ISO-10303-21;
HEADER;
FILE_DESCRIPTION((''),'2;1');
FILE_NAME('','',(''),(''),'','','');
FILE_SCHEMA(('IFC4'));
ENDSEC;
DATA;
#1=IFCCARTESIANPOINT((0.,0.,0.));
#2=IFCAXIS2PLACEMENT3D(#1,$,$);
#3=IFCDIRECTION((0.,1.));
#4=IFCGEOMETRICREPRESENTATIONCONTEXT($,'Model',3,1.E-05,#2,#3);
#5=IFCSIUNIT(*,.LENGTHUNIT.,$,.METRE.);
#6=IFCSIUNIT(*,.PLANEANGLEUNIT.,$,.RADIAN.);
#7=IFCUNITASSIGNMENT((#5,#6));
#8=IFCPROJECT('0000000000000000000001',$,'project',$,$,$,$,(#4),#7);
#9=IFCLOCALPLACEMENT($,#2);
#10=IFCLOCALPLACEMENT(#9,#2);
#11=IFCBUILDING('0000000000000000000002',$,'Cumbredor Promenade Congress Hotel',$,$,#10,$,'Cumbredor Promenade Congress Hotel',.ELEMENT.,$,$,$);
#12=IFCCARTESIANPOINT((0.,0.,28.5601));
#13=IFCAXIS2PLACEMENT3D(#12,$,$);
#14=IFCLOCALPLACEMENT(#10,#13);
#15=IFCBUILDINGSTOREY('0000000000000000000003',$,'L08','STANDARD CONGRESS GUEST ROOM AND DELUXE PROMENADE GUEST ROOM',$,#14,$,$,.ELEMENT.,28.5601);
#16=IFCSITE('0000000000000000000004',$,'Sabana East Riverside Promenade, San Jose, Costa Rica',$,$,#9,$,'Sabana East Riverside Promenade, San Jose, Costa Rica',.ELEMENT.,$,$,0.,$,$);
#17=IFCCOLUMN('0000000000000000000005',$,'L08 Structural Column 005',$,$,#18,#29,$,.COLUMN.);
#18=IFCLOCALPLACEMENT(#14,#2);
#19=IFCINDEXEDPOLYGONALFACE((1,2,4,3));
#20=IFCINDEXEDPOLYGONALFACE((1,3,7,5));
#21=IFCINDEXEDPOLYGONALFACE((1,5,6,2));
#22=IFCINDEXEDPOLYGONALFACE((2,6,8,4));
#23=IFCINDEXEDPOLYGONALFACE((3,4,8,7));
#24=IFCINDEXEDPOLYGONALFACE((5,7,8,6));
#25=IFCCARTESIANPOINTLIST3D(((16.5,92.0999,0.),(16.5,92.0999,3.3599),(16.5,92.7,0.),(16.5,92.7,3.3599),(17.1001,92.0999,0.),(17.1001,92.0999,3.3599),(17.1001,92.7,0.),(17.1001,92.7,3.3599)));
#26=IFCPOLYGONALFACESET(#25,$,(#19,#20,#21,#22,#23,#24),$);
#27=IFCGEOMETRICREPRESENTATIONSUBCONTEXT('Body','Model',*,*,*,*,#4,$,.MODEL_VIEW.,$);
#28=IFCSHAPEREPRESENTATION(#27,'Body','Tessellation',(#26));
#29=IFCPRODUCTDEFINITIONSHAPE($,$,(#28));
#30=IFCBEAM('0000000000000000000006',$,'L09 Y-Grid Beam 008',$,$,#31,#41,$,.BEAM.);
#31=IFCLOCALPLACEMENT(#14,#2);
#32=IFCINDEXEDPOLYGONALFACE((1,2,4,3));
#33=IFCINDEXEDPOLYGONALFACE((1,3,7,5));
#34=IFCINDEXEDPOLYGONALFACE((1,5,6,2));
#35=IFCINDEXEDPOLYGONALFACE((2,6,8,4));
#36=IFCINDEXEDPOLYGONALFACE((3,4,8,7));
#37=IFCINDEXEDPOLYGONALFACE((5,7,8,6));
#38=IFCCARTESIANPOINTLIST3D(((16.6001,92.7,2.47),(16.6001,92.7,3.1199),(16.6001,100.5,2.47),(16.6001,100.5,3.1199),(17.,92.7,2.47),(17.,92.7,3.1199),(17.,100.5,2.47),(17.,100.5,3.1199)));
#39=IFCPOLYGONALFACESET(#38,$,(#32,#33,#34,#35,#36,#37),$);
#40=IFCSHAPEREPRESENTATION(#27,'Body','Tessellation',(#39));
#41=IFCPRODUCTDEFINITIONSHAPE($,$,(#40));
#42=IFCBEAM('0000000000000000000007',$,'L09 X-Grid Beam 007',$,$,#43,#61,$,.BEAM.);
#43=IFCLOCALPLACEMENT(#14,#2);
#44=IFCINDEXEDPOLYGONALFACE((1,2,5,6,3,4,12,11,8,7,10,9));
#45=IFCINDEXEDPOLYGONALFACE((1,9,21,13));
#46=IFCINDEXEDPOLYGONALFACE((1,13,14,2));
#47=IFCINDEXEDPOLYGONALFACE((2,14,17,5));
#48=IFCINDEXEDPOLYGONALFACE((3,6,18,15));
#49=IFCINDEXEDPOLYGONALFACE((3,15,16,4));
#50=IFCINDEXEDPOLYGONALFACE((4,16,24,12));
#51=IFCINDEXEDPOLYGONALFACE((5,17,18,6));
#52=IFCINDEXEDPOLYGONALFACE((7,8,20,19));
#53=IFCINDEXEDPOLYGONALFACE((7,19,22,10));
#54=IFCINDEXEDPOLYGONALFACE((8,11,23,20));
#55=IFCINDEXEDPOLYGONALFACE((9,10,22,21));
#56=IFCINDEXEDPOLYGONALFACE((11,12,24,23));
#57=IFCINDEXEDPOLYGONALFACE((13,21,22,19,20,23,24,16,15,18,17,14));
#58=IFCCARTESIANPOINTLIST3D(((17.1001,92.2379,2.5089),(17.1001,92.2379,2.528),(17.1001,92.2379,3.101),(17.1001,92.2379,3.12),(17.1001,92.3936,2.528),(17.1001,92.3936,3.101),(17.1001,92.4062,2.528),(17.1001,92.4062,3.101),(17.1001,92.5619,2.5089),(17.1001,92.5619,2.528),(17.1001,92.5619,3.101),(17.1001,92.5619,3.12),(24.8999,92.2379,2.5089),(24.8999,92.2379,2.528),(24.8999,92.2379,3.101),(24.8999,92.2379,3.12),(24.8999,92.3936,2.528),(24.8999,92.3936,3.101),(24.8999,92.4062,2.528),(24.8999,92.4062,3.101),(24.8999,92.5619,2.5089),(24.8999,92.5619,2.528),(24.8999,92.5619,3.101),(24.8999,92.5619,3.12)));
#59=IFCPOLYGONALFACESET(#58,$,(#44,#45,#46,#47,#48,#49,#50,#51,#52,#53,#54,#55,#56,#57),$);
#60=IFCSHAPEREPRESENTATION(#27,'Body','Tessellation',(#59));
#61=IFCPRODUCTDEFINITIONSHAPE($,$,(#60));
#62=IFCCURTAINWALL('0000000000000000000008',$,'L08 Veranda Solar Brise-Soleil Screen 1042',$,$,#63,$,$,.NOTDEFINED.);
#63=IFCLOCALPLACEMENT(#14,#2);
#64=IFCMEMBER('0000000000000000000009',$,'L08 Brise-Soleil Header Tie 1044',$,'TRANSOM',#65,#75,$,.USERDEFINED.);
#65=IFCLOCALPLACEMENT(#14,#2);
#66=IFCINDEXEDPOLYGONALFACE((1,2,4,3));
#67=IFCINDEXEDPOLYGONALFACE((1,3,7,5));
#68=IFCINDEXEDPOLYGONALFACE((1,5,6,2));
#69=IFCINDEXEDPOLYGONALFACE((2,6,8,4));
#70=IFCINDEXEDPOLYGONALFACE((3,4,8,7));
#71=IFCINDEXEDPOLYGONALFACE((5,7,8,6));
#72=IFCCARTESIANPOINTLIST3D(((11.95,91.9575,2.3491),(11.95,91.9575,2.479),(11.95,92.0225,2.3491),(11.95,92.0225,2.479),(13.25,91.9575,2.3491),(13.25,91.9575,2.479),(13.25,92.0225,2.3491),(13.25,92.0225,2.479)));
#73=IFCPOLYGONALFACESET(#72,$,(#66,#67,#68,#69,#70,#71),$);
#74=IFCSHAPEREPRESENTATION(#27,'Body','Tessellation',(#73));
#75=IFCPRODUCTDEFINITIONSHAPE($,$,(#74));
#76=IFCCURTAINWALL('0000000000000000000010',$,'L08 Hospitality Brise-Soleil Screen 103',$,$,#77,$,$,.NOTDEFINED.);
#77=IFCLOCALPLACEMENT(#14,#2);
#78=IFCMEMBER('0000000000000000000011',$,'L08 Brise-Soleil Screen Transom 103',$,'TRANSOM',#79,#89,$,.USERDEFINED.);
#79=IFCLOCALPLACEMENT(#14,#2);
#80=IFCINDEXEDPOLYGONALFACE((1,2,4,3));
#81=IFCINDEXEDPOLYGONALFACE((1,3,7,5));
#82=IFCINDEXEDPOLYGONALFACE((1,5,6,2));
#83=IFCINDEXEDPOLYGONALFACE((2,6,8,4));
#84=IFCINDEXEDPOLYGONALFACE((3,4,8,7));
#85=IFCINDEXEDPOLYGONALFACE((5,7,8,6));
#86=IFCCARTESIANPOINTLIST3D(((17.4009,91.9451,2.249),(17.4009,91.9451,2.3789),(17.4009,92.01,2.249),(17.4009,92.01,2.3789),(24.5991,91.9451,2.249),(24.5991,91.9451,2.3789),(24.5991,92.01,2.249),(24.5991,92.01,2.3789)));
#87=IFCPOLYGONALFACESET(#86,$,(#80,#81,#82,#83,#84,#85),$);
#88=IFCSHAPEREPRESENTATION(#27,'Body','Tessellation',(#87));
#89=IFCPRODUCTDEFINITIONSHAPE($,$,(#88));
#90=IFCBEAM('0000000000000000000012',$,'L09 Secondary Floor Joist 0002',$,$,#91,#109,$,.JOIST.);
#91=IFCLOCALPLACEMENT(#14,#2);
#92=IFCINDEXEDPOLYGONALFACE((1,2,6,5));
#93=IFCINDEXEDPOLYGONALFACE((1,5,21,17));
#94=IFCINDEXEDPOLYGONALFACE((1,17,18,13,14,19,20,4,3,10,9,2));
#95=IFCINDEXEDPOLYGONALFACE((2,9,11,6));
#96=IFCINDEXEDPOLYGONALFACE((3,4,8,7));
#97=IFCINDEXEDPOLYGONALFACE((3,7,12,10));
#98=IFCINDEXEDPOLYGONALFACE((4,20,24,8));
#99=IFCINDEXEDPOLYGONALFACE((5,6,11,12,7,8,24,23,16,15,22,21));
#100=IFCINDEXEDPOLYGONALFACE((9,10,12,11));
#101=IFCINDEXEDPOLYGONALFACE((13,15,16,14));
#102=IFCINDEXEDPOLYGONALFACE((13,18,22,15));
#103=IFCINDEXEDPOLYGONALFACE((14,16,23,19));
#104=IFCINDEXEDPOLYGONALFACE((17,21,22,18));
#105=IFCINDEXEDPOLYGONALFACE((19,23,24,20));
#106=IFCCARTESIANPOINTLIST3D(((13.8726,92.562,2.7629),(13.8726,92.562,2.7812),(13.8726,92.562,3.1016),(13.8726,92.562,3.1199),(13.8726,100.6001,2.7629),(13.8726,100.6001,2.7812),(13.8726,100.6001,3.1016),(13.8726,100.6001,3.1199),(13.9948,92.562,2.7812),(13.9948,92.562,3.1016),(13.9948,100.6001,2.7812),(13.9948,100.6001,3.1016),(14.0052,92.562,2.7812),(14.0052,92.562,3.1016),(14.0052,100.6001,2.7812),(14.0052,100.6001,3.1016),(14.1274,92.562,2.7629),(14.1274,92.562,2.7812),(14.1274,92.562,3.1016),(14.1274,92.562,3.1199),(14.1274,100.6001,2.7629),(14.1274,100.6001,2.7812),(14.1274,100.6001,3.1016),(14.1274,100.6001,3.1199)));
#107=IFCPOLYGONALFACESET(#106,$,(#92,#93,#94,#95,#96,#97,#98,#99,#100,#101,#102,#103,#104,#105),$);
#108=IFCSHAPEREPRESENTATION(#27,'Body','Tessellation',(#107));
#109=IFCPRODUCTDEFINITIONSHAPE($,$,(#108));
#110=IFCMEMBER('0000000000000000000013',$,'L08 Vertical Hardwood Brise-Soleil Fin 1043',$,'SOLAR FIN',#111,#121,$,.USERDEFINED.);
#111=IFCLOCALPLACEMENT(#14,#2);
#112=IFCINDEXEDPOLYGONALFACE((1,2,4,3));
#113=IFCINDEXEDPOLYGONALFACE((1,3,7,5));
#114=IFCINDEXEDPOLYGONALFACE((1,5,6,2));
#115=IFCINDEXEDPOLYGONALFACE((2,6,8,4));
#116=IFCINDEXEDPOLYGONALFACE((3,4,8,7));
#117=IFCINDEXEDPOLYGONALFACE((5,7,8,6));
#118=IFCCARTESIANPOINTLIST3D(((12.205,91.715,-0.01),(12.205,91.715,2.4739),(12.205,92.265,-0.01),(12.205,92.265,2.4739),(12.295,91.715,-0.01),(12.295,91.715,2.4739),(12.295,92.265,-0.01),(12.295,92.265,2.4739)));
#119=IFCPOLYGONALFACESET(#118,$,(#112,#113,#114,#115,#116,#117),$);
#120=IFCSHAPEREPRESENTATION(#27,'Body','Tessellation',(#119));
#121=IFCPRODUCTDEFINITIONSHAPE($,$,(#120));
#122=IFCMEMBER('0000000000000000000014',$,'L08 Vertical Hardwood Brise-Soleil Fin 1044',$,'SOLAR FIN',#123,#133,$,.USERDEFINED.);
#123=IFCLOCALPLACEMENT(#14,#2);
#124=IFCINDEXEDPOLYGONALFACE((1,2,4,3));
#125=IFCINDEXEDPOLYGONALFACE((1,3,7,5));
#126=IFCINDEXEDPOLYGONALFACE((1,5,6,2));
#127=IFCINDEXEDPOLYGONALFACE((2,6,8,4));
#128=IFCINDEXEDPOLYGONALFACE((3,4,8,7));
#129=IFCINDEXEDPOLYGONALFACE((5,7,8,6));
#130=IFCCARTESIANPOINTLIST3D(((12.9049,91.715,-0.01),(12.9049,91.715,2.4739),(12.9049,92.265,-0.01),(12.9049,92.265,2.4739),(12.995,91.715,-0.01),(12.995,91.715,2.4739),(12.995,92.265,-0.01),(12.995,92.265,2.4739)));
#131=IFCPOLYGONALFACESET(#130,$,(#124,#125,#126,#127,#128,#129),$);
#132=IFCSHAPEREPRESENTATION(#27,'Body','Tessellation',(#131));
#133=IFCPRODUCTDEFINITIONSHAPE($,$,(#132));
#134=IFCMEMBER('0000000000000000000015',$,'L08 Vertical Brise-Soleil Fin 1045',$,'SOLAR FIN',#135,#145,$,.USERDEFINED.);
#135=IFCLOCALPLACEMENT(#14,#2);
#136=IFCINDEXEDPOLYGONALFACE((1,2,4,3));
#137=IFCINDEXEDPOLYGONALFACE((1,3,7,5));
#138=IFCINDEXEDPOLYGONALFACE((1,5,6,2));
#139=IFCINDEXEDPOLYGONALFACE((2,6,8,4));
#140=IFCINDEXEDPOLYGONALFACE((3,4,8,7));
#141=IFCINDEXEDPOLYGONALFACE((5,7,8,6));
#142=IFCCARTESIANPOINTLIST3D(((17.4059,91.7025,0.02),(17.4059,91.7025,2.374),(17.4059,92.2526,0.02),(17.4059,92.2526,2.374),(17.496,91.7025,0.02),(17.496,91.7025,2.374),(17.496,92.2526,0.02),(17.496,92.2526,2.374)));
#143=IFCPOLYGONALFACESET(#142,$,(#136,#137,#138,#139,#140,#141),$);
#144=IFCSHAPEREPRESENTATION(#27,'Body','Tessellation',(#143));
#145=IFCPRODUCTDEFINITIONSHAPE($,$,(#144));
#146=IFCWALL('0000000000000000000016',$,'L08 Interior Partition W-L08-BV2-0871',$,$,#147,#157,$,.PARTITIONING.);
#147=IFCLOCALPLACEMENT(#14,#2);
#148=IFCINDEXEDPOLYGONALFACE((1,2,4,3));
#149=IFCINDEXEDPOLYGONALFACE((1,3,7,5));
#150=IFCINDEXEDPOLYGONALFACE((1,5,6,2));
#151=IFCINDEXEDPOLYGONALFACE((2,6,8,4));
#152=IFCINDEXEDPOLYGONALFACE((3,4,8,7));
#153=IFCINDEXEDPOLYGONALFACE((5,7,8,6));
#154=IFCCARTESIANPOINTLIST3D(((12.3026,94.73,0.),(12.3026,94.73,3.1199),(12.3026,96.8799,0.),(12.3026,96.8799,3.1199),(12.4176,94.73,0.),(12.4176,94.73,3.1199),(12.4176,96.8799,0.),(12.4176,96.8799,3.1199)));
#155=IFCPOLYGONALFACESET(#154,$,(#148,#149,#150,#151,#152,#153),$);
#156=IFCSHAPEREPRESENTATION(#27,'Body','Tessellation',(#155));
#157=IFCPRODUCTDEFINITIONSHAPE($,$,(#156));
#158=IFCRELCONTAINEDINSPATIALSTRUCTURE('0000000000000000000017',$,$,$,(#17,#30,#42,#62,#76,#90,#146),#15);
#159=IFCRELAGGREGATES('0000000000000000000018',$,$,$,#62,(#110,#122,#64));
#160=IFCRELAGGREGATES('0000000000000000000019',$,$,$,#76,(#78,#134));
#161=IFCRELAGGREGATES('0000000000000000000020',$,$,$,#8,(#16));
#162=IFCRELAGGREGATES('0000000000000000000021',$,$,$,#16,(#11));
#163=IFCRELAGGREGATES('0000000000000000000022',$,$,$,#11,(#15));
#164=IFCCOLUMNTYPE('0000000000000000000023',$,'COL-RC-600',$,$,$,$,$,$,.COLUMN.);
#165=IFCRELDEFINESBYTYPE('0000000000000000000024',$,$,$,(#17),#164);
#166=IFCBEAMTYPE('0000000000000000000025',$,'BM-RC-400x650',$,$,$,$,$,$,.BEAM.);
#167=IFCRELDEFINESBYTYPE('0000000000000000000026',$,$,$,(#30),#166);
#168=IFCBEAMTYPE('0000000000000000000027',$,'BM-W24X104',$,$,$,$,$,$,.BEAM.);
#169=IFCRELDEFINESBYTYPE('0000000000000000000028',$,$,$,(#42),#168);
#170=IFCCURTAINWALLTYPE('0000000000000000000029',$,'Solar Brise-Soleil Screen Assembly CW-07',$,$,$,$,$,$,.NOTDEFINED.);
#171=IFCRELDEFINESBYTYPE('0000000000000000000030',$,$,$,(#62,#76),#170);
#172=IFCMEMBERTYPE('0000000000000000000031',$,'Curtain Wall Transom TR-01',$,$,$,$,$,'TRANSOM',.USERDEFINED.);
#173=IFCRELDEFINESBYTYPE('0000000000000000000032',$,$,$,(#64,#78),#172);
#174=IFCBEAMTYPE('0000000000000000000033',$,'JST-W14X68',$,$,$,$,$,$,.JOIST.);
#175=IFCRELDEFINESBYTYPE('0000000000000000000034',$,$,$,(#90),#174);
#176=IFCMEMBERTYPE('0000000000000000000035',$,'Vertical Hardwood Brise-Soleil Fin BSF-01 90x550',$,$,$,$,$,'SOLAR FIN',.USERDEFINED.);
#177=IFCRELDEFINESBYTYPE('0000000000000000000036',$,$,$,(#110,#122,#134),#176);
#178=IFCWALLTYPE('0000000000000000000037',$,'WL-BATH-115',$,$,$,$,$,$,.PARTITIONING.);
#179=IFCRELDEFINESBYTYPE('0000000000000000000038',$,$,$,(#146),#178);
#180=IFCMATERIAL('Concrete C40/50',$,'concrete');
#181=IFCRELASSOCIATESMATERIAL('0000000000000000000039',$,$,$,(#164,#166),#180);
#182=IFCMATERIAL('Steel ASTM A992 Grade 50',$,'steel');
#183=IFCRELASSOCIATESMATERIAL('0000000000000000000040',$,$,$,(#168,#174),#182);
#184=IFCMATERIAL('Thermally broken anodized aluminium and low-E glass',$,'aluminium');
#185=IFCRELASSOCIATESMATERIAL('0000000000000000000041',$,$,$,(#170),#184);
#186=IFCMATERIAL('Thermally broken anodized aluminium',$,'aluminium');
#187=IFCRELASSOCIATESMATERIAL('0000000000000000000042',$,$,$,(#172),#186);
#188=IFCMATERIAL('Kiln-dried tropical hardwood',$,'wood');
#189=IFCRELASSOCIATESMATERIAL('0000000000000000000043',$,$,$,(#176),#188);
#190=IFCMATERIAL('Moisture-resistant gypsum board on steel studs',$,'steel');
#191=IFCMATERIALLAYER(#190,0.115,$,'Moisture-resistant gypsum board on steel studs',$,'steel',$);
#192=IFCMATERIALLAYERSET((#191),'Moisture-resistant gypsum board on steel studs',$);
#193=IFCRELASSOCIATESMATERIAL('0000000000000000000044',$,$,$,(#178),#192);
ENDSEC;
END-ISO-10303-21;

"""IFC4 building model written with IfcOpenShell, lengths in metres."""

from ifc_helpers import new_model, si_unit, direction, frame, frame_2d, origin, origin_2d, place, context, subcontext, project, spatial, rectangle, i_section, extrude, material, layer, layer_set, material_profile, profile_set, type_object, element, aggregate, save


model = new_model("IFC4")

# Units and contexts
model_context = context("Model", 3, precision=1e-05, world=origin(), true_north=direction((0.0, 1.0)))
body_context = subcontext(model_context, "Body", "Model", "MODEL_VIEW")
ifc_project = project(units=[si_unit("LENGTHUNIT", "METRE"), si_unit("PLANEANGLEUNIT", "RADIAN")], contexts=[model_context])

# Site, building, storey
site_placement = place(None, origin())
site = spatial("IfcSite", under=ifc_project, at=site_placement, Name="Sabana East Riverside Promenade, San Jose, Costa Rica", LongName="Sabana East Riverside Promenade, San Jose, Costa Rica", CompositionType="ELEMENT", RefElevation=0.0)
building_placement = place(site_placement, origin())
building = spatial("IfcBuilding", under=site, at=building_placement, Name="Cumbredor Promenade Congress Hotel", LongName="Cumbredor Promenade Congress Hotel", CompositionType="ELEMENT")
storey_placement = place(building_placement, frame((0.0, 0.0, 28.5601)))
storey = spatial("IfcBuildingStorey", under=building, at=storey_placement, Name="L08", Description="STANDARD CONGRESS GUEST ROOM AND DELUXE PROMENADE GUEST ROOM", CompositionType="ELEMENT", Elevation=28.5601)

# Column
ifc_material_1 = material(Name="Concrete C40/50", Category="concrete")
ifc_material_profile_1 = material_profile(ifc_material_1, rectangle(XDim=0.6001, YDim=0.6001, at=origin_2d()), Name="RC 600x600")
ifc_profile_set_1 = profile_set([ifc_material_profile_1], Name="Concrete C40/50")
column_type = type_object("IfcColumnType", Name="COL-RC-600", PredefinedType="COLUMN", material=ifc_profile_set_1)
column_placement = place(storey_placement, frame((16.8, 92.3999, 0.0), z_axis=(0.0, 0.0, 1.0), x_axis=(1.0, 0.0, 0.0)))
element("IfcColumn", 1, at=column_placement, inside=storey, type_object=column_type, Name="L08 Structural Column 005", PredefinedType="COLUMN", context=body_context, shape_type="SweptSolid", body=[
    extrude(rectangle(XDim=0.6001, YDim=0.6001, at=origin_2d()), origin(), (0.0, 0.0, 1.0), 3.3599),
])

# Beams
ifc_material_profile_2 = material_profile(ifc_material_1, rectangle(XDim=0.3999, YDim=0.6499, at=origin_2d()), Name="RC BEAM 400x650")
ifc_profile_set_2 = profile_set([ifc_material_profile_2], Name="Concrete C40/50")
beam_type_1 = type_object("IfcBeamType", Name="BM-RC-400x650", PredefinedType="BEAM", material=ifc_profile_set_2)
beam_1_placement = place(storey_placement, frame((16.8, 92.7, 2.7949), z_axis=(0.0, 1.0, 0.0), x_axis=(-1.0, 0.0, 0.0)))
element("IfcBeam", 2, at=beam_1_placement, inside=storey, type_object=beam_type_1, Name="L09 Y-Grid Beam 008", PredefinedType="BEAM", context=body_context, shape_type="SweptSolid", body=[
    extrude(rectangle(XDim=0.3999, YDim=0.6499, at=origin_2d()), origin(), (0.0, 0.0, 1.0), 7.8),
])
ifc_material_2 = material(Name="Steel ASTM A992 Grade 50", Category="steel")
ifc_material_profile_3 = material_profile(ifc_material_2, i_section(OverallWidth=0.324, OverallDepth=0.6111, WebThickness=0.0127, FlangeThickness=0.019, at=origin_2d()), Name="W24X104")
ifc_profile_set_3 = profile_set([ifc_material_profile_3], Name="Steel ASTM A992 Grade 50")
beam_type_2 = type_object("IfcBeamType", Name="BM-W24X104", PredefinedType="BEAM", material=ifc_profile_set_3)
beam_2_placement = place(storey_placement, frame((17.1001, 92.3999, 2.8145), z_axis=(1.0, 0.0, 0.0), x_axis=(0.0, 1.0, 0.0)))
element("IfcBeam", 3, at=beam_2_placement, inside=storey, type_object=beam_type_2, Name="L09 X-Grid Beam 007", PredefinedType="BEAM", context=body_context, shape_type="SweptSolid", body=[
    extrude(i_section(OverallWidth=0.324, OverallDepth=0.6111, WebThickness=0.0127, FlangeThickness=0.019, at=origin_2d()), origin(), (0.0, 0.0, 1.0), 7.7998),
])

# Curtain walls, members
ifc_material_3 = material(Name="Thermally broken anodized aluminium and low-E glass", Category="aluminium")
curtain_wall_type = type_object("IfcCurtainWallType", Name="Solar Brise-Soleil Screen Assembly CW-07", PredefinedType="NOTDEFINED", material=ifc_material_3)
curtain_wall_1_placement = place(storey_placement, origin())
curtain_wall_1 = element("IfcCurtainWall", 4, at=curtain_wall_1_placement, inside=storey, type_object=curtain_wall_type, Name="L08 Veranda Solar Brise-Soleil Screen 1042", PredefinedType="NOTDEFINED")
ifc_material_4 = material(Name="Thermally broken anodized aluminium", Category="aluminium")
ifc_material_profile_4 = material_profile(ifc_material_4, rectangle(XDim=0.0649, YDim=0.1299, at=origin_2d()), Name="ALU TRANSOM 65x130")
ifc_profile_set_4 = profile_set([ifc_material_profile_4], Name="Thermally broken anodized aluminium")
member_type_1 = type_object("IfcMemberType", Name="Curtain Wall Transom TR-01", ElementType="TRANSOM", PredefinedType="USERDEFINED", material=ifc_profile_set_4)
member_1_placement = place(storey_placement, frame((11.95, 91.99, 2.4141), z_axis=(1.0, 0.0, 0.0), x_axis=(0.0, 1.0, 0.0)))
member_1 = element("IfcMember", 5, at=member_1_placement, type_object=member_type_1, Name="L08 Brise-Soleil Header Tie 1044", ObjectType="TRANSOM", PredefinedType="USERDEFINED", context=body_context, shape_type="SweptSolid", body=[
    extrude(rectangle(XDim=0.0649, YDim=0.1299, at=origin_2d()), origin(), (0.0, 0.0, 1.0), 1.3),
])
curtain_wall_2_placement = place(storey_placement, origin())
curtain_wall_2 = element("IfcCurtainWall", 6, at=curtain_wall_2_placement, inside=storey, type_object=curtain_wall_type, Name="L08 Hospitality Brise-Soleil Screen 103", PredefinedType="NOTDEFINED")
member_2_placement = place(storey_placement, frame((17.4009, 91.9775, 2.314), z_axis=(1.0, 0.0, 0.0), x_axis=(0.0, 1.0, 0.0)))
member_2 = element("IfcMember", 7, at=member_2_placement, type_object=member_type_1, Name="L08 Brise-Soleil Screen Transom 103", ObjectType="TRANSOM", PredefinedType="USERDEFINED", context=body_context, shape_type="SweptSolid", body=[
    extrude(rectangle(XDim=0.0649, YDim=0.1299, at=origin_2d()), origin(), (0.0, 0.0, 1.0), 7.1982),
])

# Beam
ifc_material_profile_5 = material_profile(ifc_material_2, i_section(OverallWidth=0.2549, OverallDepth=0.3569, WebThickness=0.0105, FlangeThickness=0.0183, at=origin_2d()), Name="W14X68")
ifc_profile_set_5 = profile_set([ifc_material_profile_5], Name="Steel ASTM A992 Grade 50")
beam_type_3 = type_object("IfcBeamType", Name="JST-W14X68", PredefinedType="JOIST", material=ifc_profile_set_5)
beam_3_placement = place(storey_placement, frame((14.0, 92.562, 2.9414), z_axis=(0.0, 1.0, 0.0), x_axis=(-1.0, 0.0, 0.0)))
element("IfcBeam", 8, at=beam_3_placement, inside=storey, type_object=beam_type_3, Name="L09 Secondary Floor Joist 0002", PredefinedType="JOIST", context=body_context, shape_type="SweptSolid", body=[
    extrude(i_section(OverallWidth=0.2549, OverallDepth=0.3569, WebThickness=0.0105, FlangeThickness=0.0183, at=origin_2d()), origin(), (0.0, 0.0, 1.0), 8.0381),
])

# Members
ifc_material_5 = material(Name="Kiln-dried tropical hardwood", Category="wood")
ifc_material_profile_6 = material_profile(ifc_material_5, rectangle(XDim=0.0901, YDim=0.55, at=origin_2d()), Name="ARCH FIN 90x550")
ifc_profile_set_6 = profile_set([ifc_material_profile_6], Name="Kiln-dried tropical hardwood")
member_type_2 = type_object("IfcMemberType", Name="Vertical Hardwood Brise-Soleil Fin BSF-01 90x550", ElementType="SOLAR FIN", PredefinedType="USERDEFINED", material=ifc_profile_set_6)
member_3_placement = place(storey_placement, frame((12.25, 91.99, -0.01), z_axis=(0.0, 0.0, 1.0), x_axis=(1.0, 0.0, 0.0)))
member_3 = element("IfcMember", 9, at=member_3_placement, type_object=member_type_2, Name="L08 Vertical Hardwood Brise-Soleil Fin 1043", ObjectType="SOLAR FIN", PredefinedType="USERDEFINED", context=body_context, shape_type="SweptSolid", body=[
    extrude(rectangle(XDim=0.0901, YDim=0.55, at=origin_2d()), origin(), (0.0, 0.0, 1.0), 2.4839),
])
member_4_placement = place(storey_placement, frame((12.95, 91.99, -0.01), z_axis=(0.0, 0.0, 1.0), x_axis=(1.0, 0.0, 0.0)))
member_4 = element("IfcMember", 10, at=member_4_placement, type_object=member_type_2, Name="L08 Vertical Hardwood Brise-Soleil Fin 1044", ObjectType="SOLAR FIN", PredefinedType="USERDEFINED", context=body_context, shape_type="SweptSolid", body=[
    extrude(rectangle(XDim=0.0901, YDim=0.55, at=origin_2d()), origin(), (0.0, 0.0, 1.0), 2.4839),
])
aggregate(curtain_wall_1, [member_3, member_4, member_1])
member_5_placement = place(storey_placement, frame((17.4509, 91.9775, 0.02), z_axis=(0.0, 0.0, 1.0), x_axis=(1.0, 0.0, 0.0)))
member_5 = element("IfcMember", 11, at=member_5_placement, type_object=member_type_2, Name="L08 Vertical Brise-Soleil Fin 1045", ObjectType="SOLAR FIN", PredefinedType="USERDEFINED", context=body_context, shape_type="SweptSolid", body=[
    extrude(rectangle(XDim=0.0901, YDim=0.55, at=origin_2d()), origin(), (0.0, 0.0, 1.0), 2.354),
])
aggregate(curtain_wall_2, [member_2, member_5])

# Wall
ifc_material_6 = material(Name="Moisture-resistant gypsum board on steel studs", Category="steel")
ifc_layer_1 = layer(ifc_material_6, 0.115, Name="Moisture-resistant gypsum board on steel studs", Category="steel")
ifc_layer_set_1 = layer_set([ifc_layer_1], Name="Moisture-resistant gypsum board on steel studs")
wall_type_1 = type_object("IfcWallType", Name="WL-BATH-115", PredefinedType="PARTITIONING", material=ifc_layer_set_1)
wall_1_placement = place(storey_placement, frame((12.3601, 94.73, 0.0), z_axis=(0.0, 0.0, 1.0), x_axis=(0.0, 1.0, 0.0)))
element("IfcWall", 12, at=wall_1_placement, inside=storey, type_object=wall_type_1, Name="L08 Interior Partition W-L08-BV2-0871", PredefinedType="PARTITIONING", context=body_context, shape_type="SweptSolid", body=[
    extrude(rectangle(XDim=2.1499, YDim=0.115, at=frame_2d((1.075, 0.0))), origin(), (0.0, 0.0, 1.0), 3.1199),
])

save(model, "model.ifc")
